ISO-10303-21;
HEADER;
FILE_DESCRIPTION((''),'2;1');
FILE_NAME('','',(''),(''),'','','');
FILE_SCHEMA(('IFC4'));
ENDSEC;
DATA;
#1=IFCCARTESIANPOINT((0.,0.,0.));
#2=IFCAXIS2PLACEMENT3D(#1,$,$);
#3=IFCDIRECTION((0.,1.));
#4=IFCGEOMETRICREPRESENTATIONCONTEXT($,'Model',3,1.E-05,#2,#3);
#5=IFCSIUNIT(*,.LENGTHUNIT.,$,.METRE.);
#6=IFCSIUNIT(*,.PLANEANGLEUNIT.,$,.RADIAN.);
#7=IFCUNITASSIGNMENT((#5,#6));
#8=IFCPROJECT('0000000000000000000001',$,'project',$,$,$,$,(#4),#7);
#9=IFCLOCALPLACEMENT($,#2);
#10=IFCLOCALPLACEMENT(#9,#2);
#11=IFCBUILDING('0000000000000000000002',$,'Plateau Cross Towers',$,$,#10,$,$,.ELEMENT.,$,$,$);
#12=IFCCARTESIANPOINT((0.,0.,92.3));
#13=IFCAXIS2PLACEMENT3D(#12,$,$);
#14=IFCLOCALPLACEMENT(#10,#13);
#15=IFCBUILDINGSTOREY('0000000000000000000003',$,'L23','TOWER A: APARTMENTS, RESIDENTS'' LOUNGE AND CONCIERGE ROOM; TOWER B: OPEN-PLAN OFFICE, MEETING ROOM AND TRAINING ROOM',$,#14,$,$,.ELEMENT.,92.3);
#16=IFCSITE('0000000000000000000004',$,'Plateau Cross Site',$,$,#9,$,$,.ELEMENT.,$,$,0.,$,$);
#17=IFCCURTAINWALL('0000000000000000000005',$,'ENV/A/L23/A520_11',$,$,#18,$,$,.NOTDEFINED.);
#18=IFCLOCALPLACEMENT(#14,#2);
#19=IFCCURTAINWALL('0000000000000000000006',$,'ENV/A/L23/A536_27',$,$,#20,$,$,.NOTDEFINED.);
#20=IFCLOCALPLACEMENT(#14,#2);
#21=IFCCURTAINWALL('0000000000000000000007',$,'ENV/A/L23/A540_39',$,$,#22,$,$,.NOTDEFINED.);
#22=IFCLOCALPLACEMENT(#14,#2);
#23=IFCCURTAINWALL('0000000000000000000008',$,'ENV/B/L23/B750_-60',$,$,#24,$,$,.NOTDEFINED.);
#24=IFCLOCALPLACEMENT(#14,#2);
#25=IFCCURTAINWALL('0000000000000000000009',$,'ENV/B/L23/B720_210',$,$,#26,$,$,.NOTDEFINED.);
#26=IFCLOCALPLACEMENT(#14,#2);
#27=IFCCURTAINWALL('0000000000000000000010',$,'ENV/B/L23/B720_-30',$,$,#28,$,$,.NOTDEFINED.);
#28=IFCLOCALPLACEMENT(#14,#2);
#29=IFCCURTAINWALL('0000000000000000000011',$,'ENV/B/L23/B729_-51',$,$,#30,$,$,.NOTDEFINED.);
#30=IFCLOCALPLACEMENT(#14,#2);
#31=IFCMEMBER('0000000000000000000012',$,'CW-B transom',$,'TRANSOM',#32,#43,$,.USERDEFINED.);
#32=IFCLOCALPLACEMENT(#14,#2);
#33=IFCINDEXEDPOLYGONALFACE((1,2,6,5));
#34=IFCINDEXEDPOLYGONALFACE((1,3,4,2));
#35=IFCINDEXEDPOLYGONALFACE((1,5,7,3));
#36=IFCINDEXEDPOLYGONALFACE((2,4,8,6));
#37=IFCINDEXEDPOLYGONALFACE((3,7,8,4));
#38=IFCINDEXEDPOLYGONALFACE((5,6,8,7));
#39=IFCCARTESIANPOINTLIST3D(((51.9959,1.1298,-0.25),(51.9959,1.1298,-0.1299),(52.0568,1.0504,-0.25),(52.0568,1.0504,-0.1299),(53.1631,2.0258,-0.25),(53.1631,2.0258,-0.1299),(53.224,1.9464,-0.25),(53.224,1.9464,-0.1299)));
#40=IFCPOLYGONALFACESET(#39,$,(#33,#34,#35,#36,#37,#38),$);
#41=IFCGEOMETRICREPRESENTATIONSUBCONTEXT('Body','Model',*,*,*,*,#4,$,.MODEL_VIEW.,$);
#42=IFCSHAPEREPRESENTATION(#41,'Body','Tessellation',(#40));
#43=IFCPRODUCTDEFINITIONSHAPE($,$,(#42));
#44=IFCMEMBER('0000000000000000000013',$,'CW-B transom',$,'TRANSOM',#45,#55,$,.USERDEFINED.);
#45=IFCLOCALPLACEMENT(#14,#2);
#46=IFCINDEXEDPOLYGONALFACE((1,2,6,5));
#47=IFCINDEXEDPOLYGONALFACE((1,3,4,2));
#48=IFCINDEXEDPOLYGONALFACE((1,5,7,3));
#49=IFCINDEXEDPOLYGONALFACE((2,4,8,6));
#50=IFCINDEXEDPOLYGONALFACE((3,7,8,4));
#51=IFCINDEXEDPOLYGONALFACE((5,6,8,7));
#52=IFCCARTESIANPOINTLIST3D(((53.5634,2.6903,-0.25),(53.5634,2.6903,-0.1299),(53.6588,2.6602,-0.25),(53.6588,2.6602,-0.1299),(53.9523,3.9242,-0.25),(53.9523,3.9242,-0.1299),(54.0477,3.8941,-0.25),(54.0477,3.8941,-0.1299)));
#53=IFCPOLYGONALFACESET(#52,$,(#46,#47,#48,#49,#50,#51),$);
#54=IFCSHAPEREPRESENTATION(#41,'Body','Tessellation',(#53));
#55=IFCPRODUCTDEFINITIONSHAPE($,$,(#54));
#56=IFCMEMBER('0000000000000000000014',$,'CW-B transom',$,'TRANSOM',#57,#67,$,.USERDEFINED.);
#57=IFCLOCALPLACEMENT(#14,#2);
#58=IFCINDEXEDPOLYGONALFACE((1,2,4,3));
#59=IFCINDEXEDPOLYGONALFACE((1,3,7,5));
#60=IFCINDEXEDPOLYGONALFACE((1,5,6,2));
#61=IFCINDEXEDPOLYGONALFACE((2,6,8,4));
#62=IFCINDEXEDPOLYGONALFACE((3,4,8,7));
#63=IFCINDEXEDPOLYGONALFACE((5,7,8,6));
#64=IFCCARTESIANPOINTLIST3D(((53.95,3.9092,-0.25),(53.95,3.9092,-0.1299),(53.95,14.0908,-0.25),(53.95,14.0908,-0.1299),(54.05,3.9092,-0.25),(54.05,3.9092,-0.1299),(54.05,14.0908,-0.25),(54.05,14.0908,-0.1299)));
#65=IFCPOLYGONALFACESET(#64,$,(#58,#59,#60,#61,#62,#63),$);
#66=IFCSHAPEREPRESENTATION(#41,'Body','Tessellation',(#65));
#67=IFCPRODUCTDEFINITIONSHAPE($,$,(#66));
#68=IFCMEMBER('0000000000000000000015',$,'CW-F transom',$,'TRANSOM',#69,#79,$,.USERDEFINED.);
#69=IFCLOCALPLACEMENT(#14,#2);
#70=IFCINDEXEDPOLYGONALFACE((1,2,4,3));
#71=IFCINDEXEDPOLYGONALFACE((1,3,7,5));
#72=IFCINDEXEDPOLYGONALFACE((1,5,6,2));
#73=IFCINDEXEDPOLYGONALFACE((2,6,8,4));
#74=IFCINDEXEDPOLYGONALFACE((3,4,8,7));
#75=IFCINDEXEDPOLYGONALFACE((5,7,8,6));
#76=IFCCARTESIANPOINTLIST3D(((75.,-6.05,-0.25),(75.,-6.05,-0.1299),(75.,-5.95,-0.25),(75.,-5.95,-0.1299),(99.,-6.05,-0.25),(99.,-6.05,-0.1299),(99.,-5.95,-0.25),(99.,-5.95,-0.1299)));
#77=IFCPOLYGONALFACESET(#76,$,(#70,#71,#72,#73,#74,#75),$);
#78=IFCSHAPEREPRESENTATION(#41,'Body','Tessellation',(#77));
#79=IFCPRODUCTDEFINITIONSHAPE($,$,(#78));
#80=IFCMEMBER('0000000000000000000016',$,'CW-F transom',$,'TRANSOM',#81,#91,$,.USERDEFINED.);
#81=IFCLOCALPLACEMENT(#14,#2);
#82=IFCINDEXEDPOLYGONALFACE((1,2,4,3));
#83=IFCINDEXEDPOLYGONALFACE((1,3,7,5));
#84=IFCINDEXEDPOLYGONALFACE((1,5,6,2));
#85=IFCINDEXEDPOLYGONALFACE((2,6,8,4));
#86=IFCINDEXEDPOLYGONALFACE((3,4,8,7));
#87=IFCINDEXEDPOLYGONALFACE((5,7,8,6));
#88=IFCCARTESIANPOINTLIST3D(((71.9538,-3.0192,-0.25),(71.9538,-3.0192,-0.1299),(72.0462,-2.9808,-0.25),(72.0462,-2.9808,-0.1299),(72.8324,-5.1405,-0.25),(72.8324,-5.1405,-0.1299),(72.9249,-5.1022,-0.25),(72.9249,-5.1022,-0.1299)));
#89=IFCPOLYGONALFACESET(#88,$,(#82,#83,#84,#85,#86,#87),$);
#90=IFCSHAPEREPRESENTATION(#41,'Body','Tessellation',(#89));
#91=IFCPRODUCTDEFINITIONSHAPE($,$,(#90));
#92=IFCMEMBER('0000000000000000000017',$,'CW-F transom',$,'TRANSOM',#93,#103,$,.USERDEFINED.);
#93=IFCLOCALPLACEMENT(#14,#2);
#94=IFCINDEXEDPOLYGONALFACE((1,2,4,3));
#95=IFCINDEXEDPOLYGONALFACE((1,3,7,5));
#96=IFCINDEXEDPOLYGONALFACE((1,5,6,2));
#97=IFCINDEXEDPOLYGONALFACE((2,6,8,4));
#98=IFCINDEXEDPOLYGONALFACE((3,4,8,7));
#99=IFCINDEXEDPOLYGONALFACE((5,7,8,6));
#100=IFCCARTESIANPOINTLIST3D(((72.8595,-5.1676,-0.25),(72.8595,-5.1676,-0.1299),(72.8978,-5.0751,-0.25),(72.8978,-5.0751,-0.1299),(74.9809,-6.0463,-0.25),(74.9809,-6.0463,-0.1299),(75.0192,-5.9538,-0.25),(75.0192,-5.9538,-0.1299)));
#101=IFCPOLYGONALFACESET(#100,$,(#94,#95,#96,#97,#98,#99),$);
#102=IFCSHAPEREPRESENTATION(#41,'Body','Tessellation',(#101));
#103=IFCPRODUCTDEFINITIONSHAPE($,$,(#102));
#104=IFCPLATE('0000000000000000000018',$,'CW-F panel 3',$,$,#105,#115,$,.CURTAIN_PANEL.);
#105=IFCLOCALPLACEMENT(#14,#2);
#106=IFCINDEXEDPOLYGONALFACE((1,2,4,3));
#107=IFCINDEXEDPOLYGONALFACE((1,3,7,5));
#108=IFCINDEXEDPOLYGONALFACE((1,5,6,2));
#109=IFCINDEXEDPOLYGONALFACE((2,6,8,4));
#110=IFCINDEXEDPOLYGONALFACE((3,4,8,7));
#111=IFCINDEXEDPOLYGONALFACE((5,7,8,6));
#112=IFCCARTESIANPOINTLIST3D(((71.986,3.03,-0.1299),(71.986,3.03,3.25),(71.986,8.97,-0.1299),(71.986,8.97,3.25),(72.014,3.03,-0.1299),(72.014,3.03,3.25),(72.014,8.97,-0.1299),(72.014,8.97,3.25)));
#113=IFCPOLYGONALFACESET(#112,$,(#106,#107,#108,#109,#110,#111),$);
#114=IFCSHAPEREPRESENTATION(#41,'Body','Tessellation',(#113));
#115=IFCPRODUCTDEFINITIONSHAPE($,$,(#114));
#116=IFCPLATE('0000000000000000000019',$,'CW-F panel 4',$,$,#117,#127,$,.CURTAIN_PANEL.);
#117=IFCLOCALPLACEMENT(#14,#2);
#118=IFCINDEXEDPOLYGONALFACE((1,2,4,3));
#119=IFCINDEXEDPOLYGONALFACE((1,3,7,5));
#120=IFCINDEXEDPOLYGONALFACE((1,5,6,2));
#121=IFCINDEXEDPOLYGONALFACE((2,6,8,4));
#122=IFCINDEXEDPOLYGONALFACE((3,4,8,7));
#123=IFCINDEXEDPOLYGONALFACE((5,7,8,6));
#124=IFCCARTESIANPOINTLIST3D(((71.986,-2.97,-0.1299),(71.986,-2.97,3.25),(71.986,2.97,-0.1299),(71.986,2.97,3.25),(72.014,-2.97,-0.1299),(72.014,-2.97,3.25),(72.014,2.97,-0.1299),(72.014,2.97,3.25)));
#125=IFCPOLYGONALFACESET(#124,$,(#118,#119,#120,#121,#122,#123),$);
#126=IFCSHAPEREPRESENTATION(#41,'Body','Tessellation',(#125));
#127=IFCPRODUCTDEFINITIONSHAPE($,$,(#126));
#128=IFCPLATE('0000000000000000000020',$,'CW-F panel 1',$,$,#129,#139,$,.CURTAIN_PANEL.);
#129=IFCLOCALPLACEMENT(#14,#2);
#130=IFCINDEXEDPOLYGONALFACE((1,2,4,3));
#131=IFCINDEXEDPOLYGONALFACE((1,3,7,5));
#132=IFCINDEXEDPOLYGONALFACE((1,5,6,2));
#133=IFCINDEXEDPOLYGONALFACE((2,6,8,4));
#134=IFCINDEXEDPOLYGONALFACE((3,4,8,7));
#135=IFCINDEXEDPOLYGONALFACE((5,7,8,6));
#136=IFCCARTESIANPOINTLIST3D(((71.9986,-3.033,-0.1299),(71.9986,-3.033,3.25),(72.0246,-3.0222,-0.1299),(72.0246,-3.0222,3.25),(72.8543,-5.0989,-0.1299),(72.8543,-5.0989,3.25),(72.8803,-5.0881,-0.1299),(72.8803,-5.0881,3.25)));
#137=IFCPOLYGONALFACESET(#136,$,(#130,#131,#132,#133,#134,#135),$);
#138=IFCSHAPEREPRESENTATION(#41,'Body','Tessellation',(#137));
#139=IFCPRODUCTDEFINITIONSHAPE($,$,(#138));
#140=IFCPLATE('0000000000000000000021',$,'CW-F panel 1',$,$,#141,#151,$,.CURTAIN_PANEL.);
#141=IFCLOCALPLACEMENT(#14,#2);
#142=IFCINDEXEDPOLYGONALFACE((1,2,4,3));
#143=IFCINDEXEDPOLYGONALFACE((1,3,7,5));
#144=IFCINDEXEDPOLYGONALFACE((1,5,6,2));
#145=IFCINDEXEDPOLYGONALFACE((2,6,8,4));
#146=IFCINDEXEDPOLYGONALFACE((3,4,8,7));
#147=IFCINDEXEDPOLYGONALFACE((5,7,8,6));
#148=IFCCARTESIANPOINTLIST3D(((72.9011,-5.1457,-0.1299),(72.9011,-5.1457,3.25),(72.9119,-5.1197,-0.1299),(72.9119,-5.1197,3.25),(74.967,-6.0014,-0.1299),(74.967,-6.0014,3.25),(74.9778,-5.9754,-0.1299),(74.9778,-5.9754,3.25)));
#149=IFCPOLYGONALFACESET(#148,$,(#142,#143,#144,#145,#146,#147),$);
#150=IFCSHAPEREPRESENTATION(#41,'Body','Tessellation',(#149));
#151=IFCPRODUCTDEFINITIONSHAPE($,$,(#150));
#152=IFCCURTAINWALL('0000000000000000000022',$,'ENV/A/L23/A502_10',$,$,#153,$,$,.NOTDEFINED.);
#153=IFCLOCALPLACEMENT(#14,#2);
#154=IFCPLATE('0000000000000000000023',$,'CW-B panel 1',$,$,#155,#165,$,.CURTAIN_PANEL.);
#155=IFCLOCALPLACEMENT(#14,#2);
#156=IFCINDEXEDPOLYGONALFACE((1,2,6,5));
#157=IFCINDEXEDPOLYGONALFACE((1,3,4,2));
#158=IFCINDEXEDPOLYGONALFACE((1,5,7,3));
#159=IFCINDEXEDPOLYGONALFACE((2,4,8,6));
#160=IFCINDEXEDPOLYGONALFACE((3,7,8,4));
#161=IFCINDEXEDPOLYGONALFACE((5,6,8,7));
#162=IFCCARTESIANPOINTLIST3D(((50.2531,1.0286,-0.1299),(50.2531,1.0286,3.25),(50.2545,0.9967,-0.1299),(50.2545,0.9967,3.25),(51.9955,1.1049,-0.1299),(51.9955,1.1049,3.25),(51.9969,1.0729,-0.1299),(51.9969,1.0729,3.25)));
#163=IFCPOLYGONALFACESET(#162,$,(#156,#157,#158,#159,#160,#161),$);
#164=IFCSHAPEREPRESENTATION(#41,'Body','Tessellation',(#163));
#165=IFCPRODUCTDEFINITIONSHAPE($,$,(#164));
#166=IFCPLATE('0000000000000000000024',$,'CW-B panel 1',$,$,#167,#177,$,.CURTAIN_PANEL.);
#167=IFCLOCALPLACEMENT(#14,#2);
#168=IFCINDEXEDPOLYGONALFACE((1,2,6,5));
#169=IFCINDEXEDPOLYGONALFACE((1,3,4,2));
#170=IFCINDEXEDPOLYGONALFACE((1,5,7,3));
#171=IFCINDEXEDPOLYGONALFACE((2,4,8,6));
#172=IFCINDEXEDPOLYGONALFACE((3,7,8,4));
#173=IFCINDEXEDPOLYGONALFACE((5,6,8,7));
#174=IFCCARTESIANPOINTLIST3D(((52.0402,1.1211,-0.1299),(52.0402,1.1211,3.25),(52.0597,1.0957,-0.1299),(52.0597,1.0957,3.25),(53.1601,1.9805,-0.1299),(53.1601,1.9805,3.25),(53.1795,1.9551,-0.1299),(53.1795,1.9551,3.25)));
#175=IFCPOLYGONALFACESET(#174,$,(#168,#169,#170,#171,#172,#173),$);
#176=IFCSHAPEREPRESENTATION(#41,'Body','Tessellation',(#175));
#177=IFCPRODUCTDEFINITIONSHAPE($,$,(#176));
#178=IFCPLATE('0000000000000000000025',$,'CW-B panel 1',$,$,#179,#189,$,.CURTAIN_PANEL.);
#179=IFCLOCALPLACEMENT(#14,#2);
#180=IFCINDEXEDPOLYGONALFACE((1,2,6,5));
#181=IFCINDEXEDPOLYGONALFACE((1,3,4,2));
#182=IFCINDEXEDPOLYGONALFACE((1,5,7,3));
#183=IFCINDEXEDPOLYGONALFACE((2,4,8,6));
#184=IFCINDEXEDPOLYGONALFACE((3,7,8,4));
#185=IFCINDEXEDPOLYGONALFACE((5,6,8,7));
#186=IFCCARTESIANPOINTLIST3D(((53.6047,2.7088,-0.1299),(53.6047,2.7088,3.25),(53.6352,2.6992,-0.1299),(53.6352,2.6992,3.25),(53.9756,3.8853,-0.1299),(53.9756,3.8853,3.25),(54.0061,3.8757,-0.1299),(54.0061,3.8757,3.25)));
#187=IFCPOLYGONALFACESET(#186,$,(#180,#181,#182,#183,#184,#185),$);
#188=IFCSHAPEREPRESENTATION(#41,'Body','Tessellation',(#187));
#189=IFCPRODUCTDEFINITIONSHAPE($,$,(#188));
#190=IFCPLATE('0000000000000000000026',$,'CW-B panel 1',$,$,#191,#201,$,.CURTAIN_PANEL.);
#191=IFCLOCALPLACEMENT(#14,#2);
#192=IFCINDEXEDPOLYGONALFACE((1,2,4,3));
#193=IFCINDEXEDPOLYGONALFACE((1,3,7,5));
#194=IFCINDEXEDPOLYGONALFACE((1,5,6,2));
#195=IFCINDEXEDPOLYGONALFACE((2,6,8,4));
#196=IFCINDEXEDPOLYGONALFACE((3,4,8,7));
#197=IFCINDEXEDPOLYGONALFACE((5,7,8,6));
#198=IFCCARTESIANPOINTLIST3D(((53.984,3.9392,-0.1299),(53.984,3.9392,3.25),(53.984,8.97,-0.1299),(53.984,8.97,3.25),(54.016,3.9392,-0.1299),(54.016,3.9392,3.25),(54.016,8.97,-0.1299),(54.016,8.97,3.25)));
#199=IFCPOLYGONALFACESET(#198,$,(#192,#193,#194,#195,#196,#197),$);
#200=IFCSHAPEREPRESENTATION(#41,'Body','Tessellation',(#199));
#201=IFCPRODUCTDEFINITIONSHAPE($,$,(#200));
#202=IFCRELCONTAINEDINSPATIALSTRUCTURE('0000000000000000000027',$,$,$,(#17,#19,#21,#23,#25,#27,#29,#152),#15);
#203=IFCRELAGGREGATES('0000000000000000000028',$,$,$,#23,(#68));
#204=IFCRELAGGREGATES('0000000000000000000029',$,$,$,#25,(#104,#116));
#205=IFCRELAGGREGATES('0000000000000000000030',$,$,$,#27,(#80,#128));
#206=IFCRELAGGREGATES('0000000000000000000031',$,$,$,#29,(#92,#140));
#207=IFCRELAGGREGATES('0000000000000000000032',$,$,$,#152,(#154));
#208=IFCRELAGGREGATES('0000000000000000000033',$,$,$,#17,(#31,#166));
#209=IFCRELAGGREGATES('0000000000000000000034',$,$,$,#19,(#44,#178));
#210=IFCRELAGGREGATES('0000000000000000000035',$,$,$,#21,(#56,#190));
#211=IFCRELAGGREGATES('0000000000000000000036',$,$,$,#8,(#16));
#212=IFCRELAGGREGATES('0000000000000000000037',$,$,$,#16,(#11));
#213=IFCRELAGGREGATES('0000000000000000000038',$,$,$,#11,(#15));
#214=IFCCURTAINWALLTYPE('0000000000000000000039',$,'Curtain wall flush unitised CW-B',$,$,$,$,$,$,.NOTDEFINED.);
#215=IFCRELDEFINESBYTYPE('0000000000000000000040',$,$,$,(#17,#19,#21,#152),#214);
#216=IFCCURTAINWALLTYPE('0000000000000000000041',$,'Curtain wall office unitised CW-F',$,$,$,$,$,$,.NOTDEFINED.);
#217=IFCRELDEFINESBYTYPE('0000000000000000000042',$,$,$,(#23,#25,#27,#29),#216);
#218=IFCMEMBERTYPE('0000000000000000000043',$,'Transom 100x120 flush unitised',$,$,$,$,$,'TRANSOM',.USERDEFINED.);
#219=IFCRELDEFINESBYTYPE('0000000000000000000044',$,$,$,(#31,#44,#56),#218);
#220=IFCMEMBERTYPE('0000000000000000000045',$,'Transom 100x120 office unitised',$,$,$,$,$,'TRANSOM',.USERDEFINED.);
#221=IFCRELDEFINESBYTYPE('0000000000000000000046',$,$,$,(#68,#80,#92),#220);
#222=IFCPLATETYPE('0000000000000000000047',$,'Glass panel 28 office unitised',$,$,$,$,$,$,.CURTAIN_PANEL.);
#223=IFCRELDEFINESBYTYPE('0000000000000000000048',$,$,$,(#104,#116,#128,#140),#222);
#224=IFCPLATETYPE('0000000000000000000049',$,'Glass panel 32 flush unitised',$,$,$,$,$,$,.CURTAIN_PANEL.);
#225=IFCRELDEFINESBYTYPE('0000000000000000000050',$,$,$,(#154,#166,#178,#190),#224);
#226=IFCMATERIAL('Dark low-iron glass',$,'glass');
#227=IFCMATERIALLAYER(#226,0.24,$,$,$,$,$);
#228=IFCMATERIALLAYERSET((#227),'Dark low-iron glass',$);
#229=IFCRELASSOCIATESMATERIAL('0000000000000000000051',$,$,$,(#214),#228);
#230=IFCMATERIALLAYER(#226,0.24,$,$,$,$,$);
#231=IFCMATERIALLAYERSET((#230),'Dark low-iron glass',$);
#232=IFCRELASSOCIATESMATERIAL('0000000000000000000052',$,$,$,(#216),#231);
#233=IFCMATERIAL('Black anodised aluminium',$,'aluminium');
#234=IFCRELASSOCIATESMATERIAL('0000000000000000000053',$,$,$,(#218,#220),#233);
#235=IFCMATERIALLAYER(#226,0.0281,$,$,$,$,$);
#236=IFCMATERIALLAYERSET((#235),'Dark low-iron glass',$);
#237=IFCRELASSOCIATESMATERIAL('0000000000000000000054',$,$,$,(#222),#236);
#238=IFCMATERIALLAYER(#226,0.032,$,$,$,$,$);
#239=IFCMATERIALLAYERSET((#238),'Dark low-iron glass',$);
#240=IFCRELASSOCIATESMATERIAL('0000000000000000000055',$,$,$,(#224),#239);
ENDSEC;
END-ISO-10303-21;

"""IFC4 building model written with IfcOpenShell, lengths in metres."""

from ifc_helpers import new_model, si_unit, direction, frame, origin, origin_2d, place, context, subcontext, project, spatial, rectangle, extrude, material, layer, layer_set, material_profile, profile_set, type_object, element, aggregate, save


model = new_model("IFC4")

# Units and contexts
model_context = context("Model", 3, precision=1e-05, world=origin(), true_north=direction((0.0, 1.0)))
body_context = subcontext(model_context, "Body", "Model", "MODEL_VIEW")
ifc_project = project(units=[si_unit("LENGTHUNIT", "METRE"), si_unit("PLANEANGLEUNIT", "RADIAN")], contexts=[model_context])

# Site, building, storey
site_placement = place(None, origin())
site = spatial("IfcSite", under=ifc_project, at=site_placement, Name="Plateau Cross Site", CompositionType="ELEMENT", RefElevation=0.0)
building_placement = place(site_placement, origin())
building = spatial("IfcBuilding", under=site, at=building_placement, Name="Plateau Cross Towers", CompositionType="ELEMENT")
storey_placement = place(building_placement, frame((0.0, 0.0, 92.3)))
storey = spatial("IfcBuildingStorey", under=building, at=storey_placement, Name="L23", Description="TOWER A: APARTMENTS, RESIDENTS' LOUNGE AND CONCIERGE ROOM; TOWER B: OPEN-PLAN OFFICE, MEETING ROOM AND TRAINING ROOM", CompositionType="ELEMENT", Elevation=92.3)

# Curtain wall
ifc_material_1 = material(Name="Dark low-iron glass", Category="glass")
ifc_layer_1 = layer(ifc_material_1, 0.24)
ifc_layer_set_1 = layer_set([ifc_layer_1], Name="Dark low-iron glass")
curtain_wall_type_1 = type_object("IfcCurtainWallType", Name="Curtain wall flush unitised CW-B", PredefinedType="NOTDEFINED", material=ifc_layer_set_1)
curtain_wall_1_placement = place(storey_placement, origin())
curtain_wall_1 = element("IfcCurtainWall", 1, at=curtain_wall_1_placement, inside=storey, type_object=curtain_wall_type_1, Name="ENV/A/L23/A520_11", PredefinedType="NOTDEFINED")
ifc_material_2 = material(Name="Black anodised aluminium", Category="aluminium")

# Curtain wall
curtain_wall_2_placement = place(storey_placement, origin())
curtain_wall_2 = element("IfcCurtainWall", 2, at=curtain_wall_2_placement, inside=storey, type_object=curtain_wall_type_1, Name="ENV/A/L23/A536_27", PredefinedType="NOTDEFINED")

# Curtain wall
curtain_wall_3_placement = place(storey_placement, origin())
curtain_wall_3 = element("IfcCurtainWall", 3, at=curtain_wall_3_placement, inside=storey, type_object=curtain_wall_type_1, Name="ENV/A/L23/A540_39", PredefinedType="NOTDEFINED")

# Curtain wall
ifc_layer_2 = layer(ifc_material_1, 0.24)
ifc_layer_set_2 = layer_set([ifc_layer_2], Name="Dark low-iron glass")
curtain_wall_type_2 = type_object("IfcCurtainWallType", Name="Curtain wall office unitised CW-F", PredefinedType="NOTDEFINED", material=ifc_layer_set_2)
curtain_wall_4_placement = place(storey_placement, origin())
curtain_wall_4 = element("IfcCurtainWall", 4, at=curtain_wall_4_placement, inside=storey, type_object=curtain_wall_type_2, Name="ENV/B/L23/B750_-60", PredefinedType="NOTDEFINED")

# Curtain wall
curtain_wall_5_placement = place(storey_placement, origin())
curtain_wall_5 = element("IfcCurtainWall", 5, at=curtain_wall_5_placement, inside=storey, type_object=curtain_wall_type_2, Name="ENV/B/L23/B720_210", PredefinedType="NOTDEFINED")

# Curtain walls
curtain_wall_6_placement = place(storey_placement, origin())
curtain_wall_6 = element("IfcCurtainWall", 6, at=curtain_wall_6_placement, inside=storey, type_object=curtain_wall_type_2, Name="ENV/B/L23/B720_-30", PredefinedType="NOTDEFINED")
curtain_wall_7_placement = place(storey_placement, origin())
curtain_wall_7 = element("IfcCurtainWall", 7, at=curtain_wall_7_placement, inside=storey, type_object=curtain_wall_type_2, Name="ENV/B/L23/B729_-51", PredefinedType="NOTDEFINED")

# Members
ifc_material_profile_1 = material_profile(ifc_material_2, rectangle(XDim=0.1001, YDim=0.1201, at=origin_2d()), Name="TRANSOM 100x120")
ifc_profile_set_1 = profile_set([ifc_material_profile_1], Name="Black anodised aluminium")
member_type_1 = type_object("IfcMemberType", Name="Transom 100x120 flush unitised", ElementType="TRANSOM", PredefinedType="USERDEFINED", material=ifc_profile_set_1)
member_1_placement = place(storey_placement, frame((52.0264, 1.0901, -0.1899), z_axis=(0.79324, 0.608909, 0.0), x_axis=(-0.608909, 0.79324, 0.0)))
member_1 = element("IfcMember", 8, at=member_1_placement, type_object=member_type_1, Name="CW-B transom", ObjectType="TRANSOM", PredefinedType="USERDEFINED", context=body_context, shape_type="SweptSolid", body=[
    extrude(rectangle(XDim=0.1001, YDim=0.1201, at=origin_2d()), origin(), (0.0, 0.0, 1.0), 1.4714),
])
member_2_placement = place(storey_placement, frame((53.6111, 2.6753, -0.1899), z_axis=(0.300617, 0.953745, 0.0), x_axis=(-0.953745, 0.300617, 0.0)))
member_2 = element("IfcMember", 9, at=member_2_placement, type_object=member_type_1, Name="CW-B transom", ObjectType="TRANSOM", PredefinedType="USERDEFINED", context=body_context, shape_type="SweptSolid", body=[
    extrude(rectangle(XDim=0.1001, YDim=0.1201, at=origin_2d()), origin(), (0.0, 0.0, 1.0), 1.2937),
])
member_3_placement = place(storey_placement, frame((54.0, 3.9092, -0.1899), z_axis=(0.0, 1.0, 0.0), x_axis=(-1.0, 0.0, 0.0)))
member_3 = element("IfcMember", 10, at=member_3_placement, type_object=member_type_1, Name="CW-B transom", ObjectType="TRANSOM", PredefinedType="USERDEFINED", context=body_context, shape_type="SweptSolid", body=[
    extrude(rectangle(XDim=0.1001, YDim=0.1201, at=origin_2d()), origin(), (0.0, 0.0, 1.0), 10.1816),
])
ifc_material_profile_2 = material_profile(ifc_material_2, rectangle(XDim=0.1001, YDim=0.1201, at=origin_2d()), Name="TRANSOM 100x120")
ifc_profile_set_2 = profile_set([ifc_material_profile_2], Name="Black anodised aluminium")
member_type_2 = type_object("IfcMemberType", Name="Transom 100x120 office unitised", ElementType="TRANSOM", PredefinedType="USERDEFINED", material=ifc_profile_set_2)
member_4_placement = place(storey_placement, frame((75.0, -6.0, -0.1899), z_axis=(1.0, 0.0, 0.0), x_axis=(0.0, 1.0, 0.0)))
member_4 = element("IfcMember", 11, at=member_4_placement, type_object=member_type_2, Name="CW-F transom", ObjectType="TRANSOM", PredefinedType="USERDEFINED", context=body_context, shape_type="SweptSolid", body=[
    extrude(rectangle(XDim=0.1001, YDim=0.1201, at=origin_2d()), origin(), (0.0, 0.0, 1.0), 24.0),
])
aggregate(curtain_wall_4, [member_4])
member_5_placement = place(storey_placement, frame((72.0, -3.0, -0.1899), z_axis=(0.382674, -0.923883, 0.0), x_axis=(0.923883, 0.382674, 0.0)))
member_5 = element("IfcMember", 12, at=member_5_placement, type_object=member_type_2, Name="CW-F transom", ObjectType="TRANSOM", PredefinedType="USERDEFINED", context=body_context, shape_type="SweptSolid", body=[
    extrude(rectangle(XDim=0.1001, YDim=0.1201, at=origin_2d()), origin(), (0.0, 0.0, 1.0), 2.2961),
])
member_6_placement = place(storey_placement, frame((72.8787, -5.1213, -0.1899), z_axis=(0.923883, -0.382674, 0.0), x_axis=(0.382674, 0.923883, 0.0)))
member_6 = element("IfcMember", 13, at=member_6_placement, type_object=member_type_2, Name="CW-F transom", ObjectType="TRANSOM", PredefinedType="USERDEFINED", context=body_context, shape_type="SweptSolid", body=[
    extrude(rectangle(XDim=0.1001, YDim=0.1201, at=origin_2d()), origin(), (0.0, 0.0, 1.0), 2.2961),
])

# Plates
ifc_layer_3 = layer(ifc_material_1, 0.0281)
ifc_layer_set_3 = layer_set([ifc_layer_3], Name="Dark low-iron glass")
plate_type_1 = type_object("IfcPlateType", Name="Glass panel 28 office unitised", PredefinedType="CURTAIN_PANEL", material=ifc_layer_set_3)
plate_1_placement = place(storey_placement, frame((72.0, 6.0, -0.1299), z_axis=(0.0, 0.0, 1.0), x_axis=(0.0, -1.0, 0.0)))
plate_1 = element("IfcPlate", 14, at=plate_1_placement, type_object=plate_type_1, Name="CW-F panel 3", PredefinedType="CURTAIN_PANEL", context=body_context, shape_type="SweptSolid", body=[
    extrude(rectangle(XDim=5.9399, YDim=0.0281, at=origin_2d()), origin(), (0.0, 0.0, 1.0), 3.3799),
])
plate_2_placement = place(storey_placement, frame((72.0, 0.0, -0.1299), z_axis=(0.0, 0.0, 1.0), x_axis=(0.0, -1.0, 0.0)))
plate_2 = element("IfcPlate", 15, at=plate_2_placement, type_object=plate_type_1, Name="CW-F panel 4", PredefinedType="CURTAIN_PANEL", context=body_context, shape_type="SweptSolid", body=[
    extrude(rectangle(XDim=5.9399, YDim=0.0281, at=origin_2d()), origin(), (0.0, 0.0, 1.0), 3.3799),
])
aggregate(curtain_wall_5, [plate_1, plate_2])
plate_3_placement = place(storey_placement, frame((72.4395, -4.0605, -0.1299), z_axis=(0.0, 0.0, 1.0), x_axis=(0.382684, -0.923879, 0.0)))
plate_3 = element("IfcPlate", 16, at=plate_3_placement, type_object=plate_type_1, Name="CW-F panel 1", PredefinedType="CURTAIN_PANEL", context=body_context, shape_type="SweptSolid", body=[
    extrude(rectangle(XDim=2.2361, YDim=0.0281, at=origin_2d()), origin(), (0.0, 0.0, 1.0), 3.3799),
])
aggregate(curtain_wall_6, [member_5, plate_3])
plate_4_placement = place(storey_placement, frame((73.9395, -5.5605, -0.1299), z_axis=(0.0, 0.0, 1.0), x_axis=(0.923879, -0.382684, 0.0)))
plate_4 = element("IfcPlate", 17, at=plate_4_placement, type_object=plate_type_1, Name="CW-F panel 1", PredefinedType="CURTAIN_PANEL", context=body_context, shape_type="SweptSolid", body=[
    extrude(rectangle(XDim=2.2361, YDim=0.0281, at=origin_2d()), origin(), (0.0, 0.0, 1.0), 3.3799),
])
aggregate(curtain_wall_7, [member_6, plate_4])

# Curtain wall, plate
curtain_wall_8_placement = place(storey_placement, origin())
curtain_wall_8 = element("IfcCurtainWall", 18, at=curtain_wall_8_placement, inside=storey, type_object=curtain_wall_type_1, Name="ENV/A/L23/A502_10", PredefinedType="NOTDEFINED")
ifc_layer_4 = layer(ifc_material_1, 0.032)
ifc_layer_set_4 = layer_set([ifc_layer_4], Name="Dark low-iron glass")
plate_type_2 = type_object("IfcPlateType", Name="Glass panel 32 flush unitised", PredefinedType="CURTAIN_PANEL", material=ifc_layer_set_4)
plate_5_placement = place(storey_placement, frame((51.125, 1.0508, -0.1299), z_axis=(0.0, 0.0, 1.0), x_axis=(0.999044, 0.043723, 0.0)))
plate_5 = element("IfcPlate", 19, at=plate_5_placement, type_object=plate_type_2, Name="CW-B panel 1", PredefinedType="CURTAIN_PANEL", context=body_context, shape_type="SweptSolid", body=[
    extrude(rectangle(XDim=1.7441, YDim=0.032, at=origin_2d()), origin(), (0.0, 0.0, 1.0), 3.3799),
])
aggregate(curtain_wall_8, [plate_5])

# Plates
plate_6_placement = place(storey_placement, frame((52.6099, 1.5381, -0.1299), z_axis=(0.0, 0.0, 1.0), x_axis=(0.793316, 0.608811, 0.0)))
plate_6 = element("IfcPlate", 20, at=plate_6_placement, type_object=plate_type_2, Name="CW-B panel 1", PredefinedType="CURTAIN_PANEL", context=body_context, shape_type="SweptSolid", body=[
    extrude(rectangle(XDim=1.4116, YDim=0.032, at=origin_2d()), origin(), (0.0, 0.0, 1.0), 3.3799),
])
aggregate(curtain_wall_1, [member_1, plate_6])
plate_7_placement = place(storey_placement, frame((53.8054, 3.2922, -0.1299), z_axis=(0.0, 0.0, 1.0), x_axis=(0.300686, 0.953723, 0.0)))
plate_7 = element("IfcPlate", 21, at=plate_7_placement, type_object=plate_type_2, Name="CW-B panel 1", PredefinedType="CURTAIN_PANEL", context=body_context, shape_type="SweptSolid", body=[
    extrude(rectangle(XDim=1.2336, YDim=0.032, at=origin_2d()), origin(), (0.0, 0.0, 1.0), 3.3799),
])
aggregate(curtain_wall_2, [member_2, plate_7])
plate_8_placement = place(storey_placement, frame((54.0, 6.4546, -0.1299), z_axis=(0.0, 0.0, 1.0), x_axis=(0.0, 1.0, 0.0)))
plate_8 = element("IfcPlate", 22, at=plate_8_placement, type_object=plate_type_2, Name="CW-B panel 1", PredefinedType="CURTAIN_PANEL", context=body_context, shape_type="SweptSolid", body=[
    extrude(rectangle(XDim=5.0308, YDim=0.032, at=origin_2d()), origin(), (0.0, 0.0, 1.0), 3.3799),
])
aggregate(curtain_wall_3, [member_3, plate_8])

save(model, "model.ifc")
